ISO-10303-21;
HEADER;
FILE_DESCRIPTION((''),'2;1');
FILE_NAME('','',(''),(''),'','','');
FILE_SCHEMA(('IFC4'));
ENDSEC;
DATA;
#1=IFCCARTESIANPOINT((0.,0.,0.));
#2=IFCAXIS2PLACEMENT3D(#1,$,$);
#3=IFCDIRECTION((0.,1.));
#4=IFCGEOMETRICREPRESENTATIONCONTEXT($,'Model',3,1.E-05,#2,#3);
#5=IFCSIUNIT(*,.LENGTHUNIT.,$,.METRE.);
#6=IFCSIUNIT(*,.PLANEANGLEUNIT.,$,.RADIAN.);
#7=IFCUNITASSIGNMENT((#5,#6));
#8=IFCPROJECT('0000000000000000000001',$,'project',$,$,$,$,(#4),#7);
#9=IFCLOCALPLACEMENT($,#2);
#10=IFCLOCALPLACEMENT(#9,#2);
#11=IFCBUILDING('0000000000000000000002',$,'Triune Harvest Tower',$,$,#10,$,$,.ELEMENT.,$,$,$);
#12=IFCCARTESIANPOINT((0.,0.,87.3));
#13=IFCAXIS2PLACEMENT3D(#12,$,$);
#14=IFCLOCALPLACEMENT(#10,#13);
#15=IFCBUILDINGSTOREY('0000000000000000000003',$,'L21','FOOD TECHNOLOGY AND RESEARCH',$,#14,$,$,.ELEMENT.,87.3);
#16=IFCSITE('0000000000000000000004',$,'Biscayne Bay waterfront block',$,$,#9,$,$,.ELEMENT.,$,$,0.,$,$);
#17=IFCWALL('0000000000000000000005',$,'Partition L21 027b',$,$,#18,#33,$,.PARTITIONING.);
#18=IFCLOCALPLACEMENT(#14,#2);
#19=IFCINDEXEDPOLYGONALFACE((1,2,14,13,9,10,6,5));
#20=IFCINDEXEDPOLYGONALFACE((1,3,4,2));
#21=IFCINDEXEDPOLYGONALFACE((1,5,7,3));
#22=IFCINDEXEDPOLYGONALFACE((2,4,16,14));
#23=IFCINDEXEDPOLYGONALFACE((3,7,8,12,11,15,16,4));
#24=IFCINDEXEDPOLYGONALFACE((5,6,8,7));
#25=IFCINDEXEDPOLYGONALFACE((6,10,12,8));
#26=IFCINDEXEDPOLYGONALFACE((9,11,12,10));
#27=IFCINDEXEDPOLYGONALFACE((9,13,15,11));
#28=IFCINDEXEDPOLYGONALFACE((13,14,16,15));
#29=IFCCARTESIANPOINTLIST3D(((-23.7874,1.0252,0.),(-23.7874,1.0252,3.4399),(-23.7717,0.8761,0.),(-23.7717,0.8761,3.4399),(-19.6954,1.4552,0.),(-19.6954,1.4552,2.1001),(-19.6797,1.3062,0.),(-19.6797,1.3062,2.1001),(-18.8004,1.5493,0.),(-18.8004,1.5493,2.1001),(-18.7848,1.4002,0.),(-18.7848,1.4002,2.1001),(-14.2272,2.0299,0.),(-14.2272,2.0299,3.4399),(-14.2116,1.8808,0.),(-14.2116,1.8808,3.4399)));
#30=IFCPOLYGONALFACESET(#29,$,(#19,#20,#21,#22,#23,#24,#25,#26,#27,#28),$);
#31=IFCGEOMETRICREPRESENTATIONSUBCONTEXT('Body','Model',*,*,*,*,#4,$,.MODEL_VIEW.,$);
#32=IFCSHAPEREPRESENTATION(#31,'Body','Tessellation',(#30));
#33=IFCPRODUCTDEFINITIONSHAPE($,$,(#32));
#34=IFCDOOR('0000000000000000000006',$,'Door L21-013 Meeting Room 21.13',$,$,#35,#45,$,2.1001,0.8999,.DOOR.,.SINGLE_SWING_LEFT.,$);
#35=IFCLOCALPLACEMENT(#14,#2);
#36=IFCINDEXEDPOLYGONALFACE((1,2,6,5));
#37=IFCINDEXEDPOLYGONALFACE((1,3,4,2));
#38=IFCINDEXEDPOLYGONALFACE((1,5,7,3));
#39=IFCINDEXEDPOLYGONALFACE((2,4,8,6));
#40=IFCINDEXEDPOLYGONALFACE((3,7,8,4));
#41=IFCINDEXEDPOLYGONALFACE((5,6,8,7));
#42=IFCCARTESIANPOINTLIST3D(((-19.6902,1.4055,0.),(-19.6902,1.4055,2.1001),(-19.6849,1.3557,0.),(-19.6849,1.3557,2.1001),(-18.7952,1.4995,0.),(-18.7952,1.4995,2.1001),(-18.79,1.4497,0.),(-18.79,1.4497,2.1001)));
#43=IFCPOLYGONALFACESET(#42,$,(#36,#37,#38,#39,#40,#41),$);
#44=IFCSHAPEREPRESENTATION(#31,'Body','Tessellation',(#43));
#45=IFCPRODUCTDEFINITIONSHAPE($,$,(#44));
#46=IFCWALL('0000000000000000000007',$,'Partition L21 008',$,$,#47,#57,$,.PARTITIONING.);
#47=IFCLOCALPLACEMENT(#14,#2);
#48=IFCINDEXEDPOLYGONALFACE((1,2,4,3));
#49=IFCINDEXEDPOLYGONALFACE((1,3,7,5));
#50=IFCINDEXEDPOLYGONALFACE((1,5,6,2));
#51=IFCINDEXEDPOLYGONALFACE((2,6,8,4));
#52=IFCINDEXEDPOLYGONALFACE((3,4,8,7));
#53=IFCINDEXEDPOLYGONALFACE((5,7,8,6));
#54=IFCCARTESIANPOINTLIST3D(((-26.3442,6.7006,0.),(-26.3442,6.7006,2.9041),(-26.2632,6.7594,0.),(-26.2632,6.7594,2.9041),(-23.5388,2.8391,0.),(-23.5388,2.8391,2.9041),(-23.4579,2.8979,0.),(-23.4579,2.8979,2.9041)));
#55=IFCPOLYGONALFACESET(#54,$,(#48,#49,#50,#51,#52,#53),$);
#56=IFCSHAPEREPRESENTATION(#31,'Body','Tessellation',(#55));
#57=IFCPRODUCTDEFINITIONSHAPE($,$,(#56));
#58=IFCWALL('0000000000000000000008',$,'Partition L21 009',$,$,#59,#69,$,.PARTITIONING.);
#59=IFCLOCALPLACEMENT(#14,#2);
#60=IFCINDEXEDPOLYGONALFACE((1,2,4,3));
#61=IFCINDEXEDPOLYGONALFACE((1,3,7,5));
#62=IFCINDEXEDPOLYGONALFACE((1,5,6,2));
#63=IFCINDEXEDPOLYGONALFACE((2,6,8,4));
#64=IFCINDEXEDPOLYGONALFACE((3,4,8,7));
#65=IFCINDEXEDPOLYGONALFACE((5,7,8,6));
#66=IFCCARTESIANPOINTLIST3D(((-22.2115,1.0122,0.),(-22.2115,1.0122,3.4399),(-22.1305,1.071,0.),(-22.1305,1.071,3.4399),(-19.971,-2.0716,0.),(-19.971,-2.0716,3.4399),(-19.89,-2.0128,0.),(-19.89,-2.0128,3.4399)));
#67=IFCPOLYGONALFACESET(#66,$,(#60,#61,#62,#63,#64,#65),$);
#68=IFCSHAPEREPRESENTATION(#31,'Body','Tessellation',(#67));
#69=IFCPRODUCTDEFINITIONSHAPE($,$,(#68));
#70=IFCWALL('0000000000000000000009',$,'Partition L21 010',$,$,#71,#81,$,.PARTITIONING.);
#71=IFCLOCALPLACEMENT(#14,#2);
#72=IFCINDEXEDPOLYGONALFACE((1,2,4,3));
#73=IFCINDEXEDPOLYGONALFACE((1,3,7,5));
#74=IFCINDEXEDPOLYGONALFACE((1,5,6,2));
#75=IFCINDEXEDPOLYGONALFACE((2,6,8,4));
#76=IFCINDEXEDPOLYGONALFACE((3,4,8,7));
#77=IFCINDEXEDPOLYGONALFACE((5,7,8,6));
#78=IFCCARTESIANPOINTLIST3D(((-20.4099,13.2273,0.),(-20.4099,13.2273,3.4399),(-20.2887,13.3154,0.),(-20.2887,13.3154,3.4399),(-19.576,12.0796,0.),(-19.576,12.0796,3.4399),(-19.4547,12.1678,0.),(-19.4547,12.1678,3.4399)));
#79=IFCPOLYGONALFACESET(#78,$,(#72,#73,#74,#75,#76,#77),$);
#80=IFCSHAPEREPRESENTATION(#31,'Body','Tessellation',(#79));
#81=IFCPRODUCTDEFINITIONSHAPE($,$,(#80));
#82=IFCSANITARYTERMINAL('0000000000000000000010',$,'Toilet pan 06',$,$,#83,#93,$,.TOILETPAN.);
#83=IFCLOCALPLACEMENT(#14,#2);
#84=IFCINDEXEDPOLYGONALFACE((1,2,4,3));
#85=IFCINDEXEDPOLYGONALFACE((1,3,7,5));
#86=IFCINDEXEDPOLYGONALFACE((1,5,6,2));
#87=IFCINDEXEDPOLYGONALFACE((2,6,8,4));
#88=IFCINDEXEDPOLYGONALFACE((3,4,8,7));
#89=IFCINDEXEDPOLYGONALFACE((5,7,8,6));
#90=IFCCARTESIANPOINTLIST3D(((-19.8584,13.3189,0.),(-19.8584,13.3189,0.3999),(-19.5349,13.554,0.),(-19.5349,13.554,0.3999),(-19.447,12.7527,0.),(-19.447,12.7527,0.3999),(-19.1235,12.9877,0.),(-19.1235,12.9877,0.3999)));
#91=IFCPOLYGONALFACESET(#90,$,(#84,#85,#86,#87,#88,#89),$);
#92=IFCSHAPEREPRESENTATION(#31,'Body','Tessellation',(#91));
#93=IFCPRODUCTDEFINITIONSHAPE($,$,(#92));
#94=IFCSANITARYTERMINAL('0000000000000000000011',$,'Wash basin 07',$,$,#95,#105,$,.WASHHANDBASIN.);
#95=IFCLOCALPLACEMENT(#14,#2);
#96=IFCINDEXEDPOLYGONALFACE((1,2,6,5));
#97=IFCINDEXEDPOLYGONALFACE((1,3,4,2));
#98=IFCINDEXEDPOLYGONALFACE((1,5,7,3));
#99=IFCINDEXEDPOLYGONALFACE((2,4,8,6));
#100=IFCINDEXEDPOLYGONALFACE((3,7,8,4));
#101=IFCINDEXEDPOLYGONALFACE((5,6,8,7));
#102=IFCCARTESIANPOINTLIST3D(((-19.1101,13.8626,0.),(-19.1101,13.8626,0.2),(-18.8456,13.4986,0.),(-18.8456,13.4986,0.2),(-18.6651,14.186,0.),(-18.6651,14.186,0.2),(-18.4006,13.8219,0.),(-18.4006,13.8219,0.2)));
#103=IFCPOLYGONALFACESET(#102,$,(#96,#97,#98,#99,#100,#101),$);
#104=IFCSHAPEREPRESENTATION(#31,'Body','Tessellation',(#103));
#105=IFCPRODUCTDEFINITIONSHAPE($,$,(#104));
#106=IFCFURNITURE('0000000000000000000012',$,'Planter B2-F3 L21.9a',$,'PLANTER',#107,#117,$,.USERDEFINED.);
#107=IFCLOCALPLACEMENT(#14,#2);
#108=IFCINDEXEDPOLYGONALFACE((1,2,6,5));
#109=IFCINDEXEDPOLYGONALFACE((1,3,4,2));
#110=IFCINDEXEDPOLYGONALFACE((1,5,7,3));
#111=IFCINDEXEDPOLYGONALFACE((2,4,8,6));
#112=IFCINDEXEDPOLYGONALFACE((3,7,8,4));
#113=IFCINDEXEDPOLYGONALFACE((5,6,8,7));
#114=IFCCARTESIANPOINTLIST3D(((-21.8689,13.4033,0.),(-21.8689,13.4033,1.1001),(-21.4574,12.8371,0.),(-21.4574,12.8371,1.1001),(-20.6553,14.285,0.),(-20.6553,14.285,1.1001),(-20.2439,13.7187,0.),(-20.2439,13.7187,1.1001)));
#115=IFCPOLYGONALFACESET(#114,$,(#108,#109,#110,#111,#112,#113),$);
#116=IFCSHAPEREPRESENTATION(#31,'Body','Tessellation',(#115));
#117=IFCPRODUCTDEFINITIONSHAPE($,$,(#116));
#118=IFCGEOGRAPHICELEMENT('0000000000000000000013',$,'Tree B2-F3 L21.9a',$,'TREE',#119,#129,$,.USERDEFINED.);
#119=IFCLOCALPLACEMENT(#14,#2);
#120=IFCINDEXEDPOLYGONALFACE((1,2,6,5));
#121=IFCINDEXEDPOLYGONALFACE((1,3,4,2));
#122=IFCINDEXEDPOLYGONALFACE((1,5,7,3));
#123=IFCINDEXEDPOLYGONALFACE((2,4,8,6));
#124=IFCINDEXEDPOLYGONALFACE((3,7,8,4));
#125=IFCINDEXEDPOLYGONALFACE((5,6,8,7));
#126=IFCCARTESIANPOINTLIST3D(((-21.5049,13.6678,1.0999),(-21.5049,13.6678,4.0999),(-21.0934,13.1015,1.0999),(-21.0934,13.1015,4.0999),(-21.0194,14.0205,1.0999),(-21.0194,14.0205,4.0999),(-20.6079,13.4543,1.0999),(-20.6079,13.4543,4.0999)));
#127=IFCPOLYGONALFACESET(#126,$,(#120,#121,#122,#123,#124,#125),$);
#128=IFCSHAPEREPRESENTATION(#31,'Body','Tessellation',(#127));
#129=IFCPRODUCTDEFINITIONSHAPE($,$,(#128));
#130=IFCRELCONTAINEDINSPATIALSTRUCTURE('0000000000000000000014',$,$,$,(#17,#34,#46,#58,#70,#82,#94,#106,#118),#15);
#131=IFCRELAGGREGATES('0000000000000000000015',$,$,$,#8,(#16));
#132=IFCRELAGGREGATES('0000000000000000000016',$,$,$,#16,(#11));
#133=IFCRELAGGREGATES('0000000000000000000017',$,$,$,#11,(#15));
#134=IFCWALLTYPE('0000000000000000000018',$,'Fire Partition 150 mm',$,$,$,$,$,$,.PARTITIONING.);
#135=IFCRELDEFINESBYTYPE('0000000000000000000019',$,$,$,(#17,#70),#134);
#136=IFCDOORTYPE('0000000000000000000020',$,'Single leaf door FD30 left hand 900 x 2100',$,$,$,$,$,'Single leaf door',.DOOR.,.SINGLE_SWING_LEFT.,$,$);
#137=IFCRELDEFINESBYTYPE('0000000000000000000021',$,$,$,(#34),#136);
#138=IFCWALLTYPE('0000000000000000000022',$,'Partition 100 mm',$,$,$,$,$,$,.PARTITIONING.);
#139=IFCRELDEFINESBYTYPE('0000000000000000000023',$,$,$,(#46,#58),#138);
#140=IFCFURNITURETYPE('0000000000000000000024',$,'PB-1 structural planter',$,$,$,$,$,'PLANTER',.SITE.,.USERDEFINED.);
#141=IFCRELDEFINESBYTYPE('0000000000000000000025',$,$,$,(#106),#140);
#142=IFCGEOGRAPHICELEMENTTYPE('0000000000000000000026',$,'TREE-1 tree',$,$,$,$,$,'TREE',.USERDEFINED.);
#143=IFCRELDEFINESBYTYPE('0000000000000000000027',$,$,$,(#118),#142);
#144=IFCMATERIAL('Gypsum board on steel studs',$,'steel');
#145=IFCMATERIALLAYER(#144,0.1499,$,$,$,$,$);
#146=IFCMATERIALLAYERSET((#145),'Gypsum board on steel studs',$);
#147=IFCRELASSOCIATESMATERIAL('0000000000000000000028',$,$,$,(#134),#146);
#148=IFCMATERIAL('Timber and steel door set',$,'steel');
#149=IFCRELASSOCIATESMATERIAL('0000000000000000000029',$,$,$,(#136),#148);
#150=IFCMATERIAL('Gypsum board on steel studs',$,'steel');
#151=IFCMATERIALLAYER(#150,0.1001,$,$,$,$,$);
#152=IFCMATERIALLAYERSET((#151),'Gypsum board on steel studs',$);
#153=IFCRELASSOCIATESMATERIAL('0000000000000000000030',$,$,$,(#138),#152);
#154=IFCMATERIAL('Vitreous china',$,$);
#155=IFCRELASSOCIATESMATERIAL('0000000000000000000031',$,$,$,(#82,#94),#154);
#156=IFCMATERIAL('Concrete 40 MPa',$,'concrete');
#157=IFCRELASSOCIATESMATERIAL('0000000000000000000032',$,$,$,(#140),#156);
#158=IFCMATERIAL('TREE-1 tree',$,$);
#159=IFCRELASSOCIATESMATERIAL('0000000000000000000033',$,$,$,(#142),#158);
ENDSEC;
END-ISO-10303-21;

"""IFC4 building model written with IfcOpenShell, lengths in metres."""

from ifc_helpers import new_model, si_unit, direction, frame, frame_2d, origin, origin_2d, place, context, subcontext, project, spatial, rectangle, extrude, source, transform, mapped, material, layer, layer_set, type_object, element, fill, save


model = new_model("IFC4")

# Units and contexts
model_context = context("Model", 3, precision=1e-05, world=origin(), true_north=direction((0.0, 1.0)))
body_context = subcontext(model_context, "Body", "Model", "MODEL_VIEW")
ifc_project = project(units=[si_unit("LENGTHUNIT", "METRE"), si_unit("PLANEANGLEUNIT", "RADIAN")], contexts=[model_context])

# Site, building, storey
site_placement = place(None, origin())
site = spatial("IfcSite", under=ifc_project, at=site_placement, Name="Biscayne Bay waterfront block", CompositionType="ELEMENT", RefElevation=0.0)
building_placement = place(site_placement, origin())
building = spatial("IfcBuilding", under=site, at=building_placement, Name="Triune Harvest Tower", CompositionType="ELEMENT")
storey_placement = place(building_placement, frame((0.0, 0.0, 87.3)))
storey = spatial("IfcBuildingStorey", under=building, at=storey_placement, Name="L21", Description="FOOD TECHNOLOGY AND RESEARCH", CompositionType="ELEMENT", Elevation=87.3)

# Shared definitions
ifc_material_1 = material(Name="Gypsum board on steel studs", Category="steel")
ifc_layer_1 = layer(ifc_material_1, 0.1499)
ifc_layer_set_1 = layer_set([ifc_layer_1], Name="Gypsum board on steel studs")
wall_type_1 = type_object("IfcWallType", Name="Fire Partition 150 mm", PredefinedType="PARTITIONING", material=ifc_layer_set_1)

# Wall, opening, door
wall_1_placement = place(storey_placement, frame((-23.7795, 0.9507, 0.0), z_axis=(0.0, 0.0, 1.0), x_axis=(0.994524, 0.104512, 0.0)))
wall_1 = element("IfcWall", 1, at=wall_1_placement, inside=storey, type_object=wall_type_1, Name="Partition L21 027b", PredefinedType="PARTITIONING", context=body_context, shape_type="SweptSolid", body=[
    extrude(rectangle(XDim=9.6128, YDim=0.1499, at=frame_2d((4.8064, 0.0))), origin(), (0.0, 0.0, 1.0), 3.4399),
])
opening_1_placement = place(wall_1_placement, frame((4.1145, 0.0, 0.0)))
opening_1 = element("IfcOpeningElement", 2, at=opening_1_placement, cuts=wall_1, PredefinedType="OPENING", context=body_context, shape_type="SweptSolid", body=[
    extrude(rectangle(XDim=0.8999, YDim=2.1001, at=frame_2d((0.45, 1.05))), frame((0.0, 0.085, 0.0), z_axis=(0.0, -1.0, 0.0), x_axis=(1.0, 0.0, 0.0)), (0.0, 0.0, 1.0), 0.1699),
])
ifc_material_2 = material(Name="Timber and steel door set", Category="steel")
door_type_1 = type_object("IfcDoorType", Name="Single leaf door FD30 left hand 900 x 2100", ElementType="Single leaf door", OperationType="SINGLE_SWING_LEFT", PredefinedType="DOOR", material=ifc_material_2)
door_1_placement = place(opening_1_placement, origin())
door_1 = element("IfcDoor", 3, at=door_1_placement, inside=storey, type_object=door_type_1, Name="Door L21-013 Meeting Room 21.13", OperationType="SINGLE_SWING_LEFT", OverallHeight=2.1001, OverallWidth=0.8999, PredefinedType="DOOR", context=body_context, shape_type="SweptSolid", body=[
    extrude(rectangle(XDim=0.8999, YDim=2.1001, at=frame_2d((0.45, 1.05))), frame((0.0, 0.0249, 0.0), z_axis=(0.0, -1.0, 0.0), x_axis=(1.0, 0.0, 0.0)), (0.0, 0.0, 1.0), 0.05),
])
fill(opening_1, door_1)

# Walls
ifc_material_3 = material(Name="Gypsum board on steel studs", Category="steel")
ifc_layer_2 = layer(ifc_material_3, 0.1001)
ifc_layer_set_2 = layer_set([ifc_layer_2], Name="Gypsum board on steel studs")
wall_type_2 = type_object("IfcWallType", Name="Partition 100 mm", PredefinedType="PARTITIONING", material=ifc_layer_set_2)
wall_2_placement = place(storey_placement, frame((-26.3037, 6.73, 0.0), z_axis=(0.0, 0.0, 1.0), x_axis=(0.587761, -0.809035, 0.0)))
element("IfcWall", 4, at=wall_2_placement, inside=storey, type_object=wall_type_2, Name="Partition L21 008", PredefinedType="PARTITIONING", context=body_context, shape_type="SweptSolid", body=[
    extrude(rectangle(XDim=4.7729, YDim=0.1001, at=frame_2d((2.3865, 0.0))), origin(), (0.0, 0.0, 1.0), 2.9041),
])
wall_3_placement = place(storey_placement, frame((-22.1709, 1.0415, 0.0), z_axis=(0.0, 0.0, 1.0), x_axis=(0.587787, -0.809016, 0.0)))
element("IfcWall", 5, at=wall_3_placement, inside=storey, type_object=wall_type_2, Name="Partition L21 009", PredefinedType="PARTITIONING", context=body_context, shape_type="SweptSolid", body=[
    extrude(rectangle(XDim=3.8118, YDim=0.1001, at=frame_2d((1.9058, 0.0))), origin(), (0.0, 0.0, 1.0), 3.4399),
])

# Wall
shared_shape_1 = source(origin(), body_context, "Body", "SweptSolid", [
    extrude(rectangle(XDim=1.4187, YDim=0.1499, at=frame_2d((0.7095, 0.0))), origin(), (0.0, 0.0, 1.0), 3.4399),
])
wall_4_placement = place(storey_placement, frame((-20.3494, 13.2715, 0.0), z_axis=(0.0, 0.0, 1.0), x_axis=(0.587844, -0.808974, 0.0)))
element("IfcWall", 6, at=wall_4_placement, inside=storey, type_object=wall_type_1, Name="Partition L21 010", PredefinedType="PARTITIONING", context=body_context, shape_type="MappedRepresentation", body=[
    mapped(shared_shape_1, transform((0.0, 0.0, 0.0), scale=1.0)),
])

# Sanitary terminals
ifc_material_4 = material(Name="Vitreous china")
shared_shape_2 = source(origin(), body_context, "Body", "SweptSolid", [
    extrude(rectangle(XDim=0.3999, YDim=0.7, at=origin_2d()), origin(), (0.0, 0.0, 1.0), 0.3999),
])
sanitary_terminal_1_placement = place(storey_placement, frame((-19.491, 13.1533, 0.0), z_axis=(0.0, 0.0, 1.0), x_axis=(0.809007, 0.587799, 0.0)))
element("IfcSanitaryTerminal", 7, at=sanitary_terminal_1_placement, inside=storey, material=ifc_material_4, Name="Toilet pan 06", PredefinedType="TOILETPAN", context=body_context, shape_type="MappedRepresentation", body=[
    mapped(shared_shape_2, transform((0.0, 0.0, 0.0), scale=1.0)),
])
shared_shape_3 = source(origin(), body_context, "Body", "SweptSolid", [
    extrude(rectangle(XDim=0.55, YDim=0.45, at=origin_2d()), origin(), (0.0, 0.0, 1.0), 0.2),
])
sanitary_terminal_2_placement = place(storey_placement, frame((-18.7554, 13.8423, 0.0), z_axis=(0.0, 0.0, 1.0), x_axis=(0.809007, 0.587799, 0.0)))
element("IfcSanitaryTerminal", 8, at=sanitary_terminal_2_placement, inside=storey, material=ifc_material_4, Name="Wash basin 07", PredefinedType="WASHHANDBASIN", context=body_context, shape_type="MappedRepresentation", body=[
    mapped(shared_shape_3, transform((0.0, 0.0, 0.0), scale=1.0)),
])

# Furniture
ifc_material_5 = material(Name="Concrete 40 MPa", Category="concrete")
furniture_type = type_object("IfcFurnitureType", Name="PB-1 structural planter", ElementType="PLANTER", AssemblyPlace="SITE", PredefinedType="USERDEFINED", material=ifc_material_5)
shared_shape_4 = source(origin(), body_context, "Body", "SweptSolid", [
    extrude(rectangle(XDim=1.5, YDim=0.7, at=origin_2d()), origin(), (0.0, 0.0, 1.0), 1.1001),
])
furniture_placement = place(storey_placement, frame((-21.0564, 13.561, 0.0), z_axis=(0.0, 0.0, 1.0), x_axis=(-0.809017, -0.587785, 0.0)))
element("IfcFurniture", 9, at=furniture_placement, inside=storey, type_object=furniture_type, Name="Planter B2-F3 L21.9a", ObjectType="PLANTER", PredefinedType="USERDEFINED", context=body_context, shape_type="MappedRepresentation", body=[
    mapped(shared_shape_4, transform((0.0, 0.0, 0.0), scale=1.0)),
])

# Geographic element
ifc_material_6 = material(Name="TREE-1 tree")
geographic_element_type = type_object("IfcGeographicElementType", Name="TREE-1 tree", ElementType="TREE", PredefinedType="USERDEFINED", material=ifc_material_6)
shared_shape_5 = source(origin(), body_context, "Body", "SweptSolid", [
    extrude(rectangle(XDim=0.6001, YDim=0.7, at=origin_2d()), origin(), (0.0, 0.0, 1.0), 3.0),
])
geographic_element_placement = place(storey_placement, frame((-21.0564, 13.561, 1.0999), z_axis=(0.0, 0.0, 1.0), x_axis=(-0.809017, -0.587785, 0.0)))
element("IfcGeographicElement", 10, at=geographic_element_placement, inside=storey, type_object=geographic_element_type, Name="Tree B2-F3 L21.9a", ObjectType="TREE", PredefinedType="USERDEFINED", context=body_context, shape_type="MappedRepresentation", body=[
    mapped(shared_shape_5, transform((0.0, 0.0, 0.0), scale=1.0)),
])

save(model, "model.ifc")
